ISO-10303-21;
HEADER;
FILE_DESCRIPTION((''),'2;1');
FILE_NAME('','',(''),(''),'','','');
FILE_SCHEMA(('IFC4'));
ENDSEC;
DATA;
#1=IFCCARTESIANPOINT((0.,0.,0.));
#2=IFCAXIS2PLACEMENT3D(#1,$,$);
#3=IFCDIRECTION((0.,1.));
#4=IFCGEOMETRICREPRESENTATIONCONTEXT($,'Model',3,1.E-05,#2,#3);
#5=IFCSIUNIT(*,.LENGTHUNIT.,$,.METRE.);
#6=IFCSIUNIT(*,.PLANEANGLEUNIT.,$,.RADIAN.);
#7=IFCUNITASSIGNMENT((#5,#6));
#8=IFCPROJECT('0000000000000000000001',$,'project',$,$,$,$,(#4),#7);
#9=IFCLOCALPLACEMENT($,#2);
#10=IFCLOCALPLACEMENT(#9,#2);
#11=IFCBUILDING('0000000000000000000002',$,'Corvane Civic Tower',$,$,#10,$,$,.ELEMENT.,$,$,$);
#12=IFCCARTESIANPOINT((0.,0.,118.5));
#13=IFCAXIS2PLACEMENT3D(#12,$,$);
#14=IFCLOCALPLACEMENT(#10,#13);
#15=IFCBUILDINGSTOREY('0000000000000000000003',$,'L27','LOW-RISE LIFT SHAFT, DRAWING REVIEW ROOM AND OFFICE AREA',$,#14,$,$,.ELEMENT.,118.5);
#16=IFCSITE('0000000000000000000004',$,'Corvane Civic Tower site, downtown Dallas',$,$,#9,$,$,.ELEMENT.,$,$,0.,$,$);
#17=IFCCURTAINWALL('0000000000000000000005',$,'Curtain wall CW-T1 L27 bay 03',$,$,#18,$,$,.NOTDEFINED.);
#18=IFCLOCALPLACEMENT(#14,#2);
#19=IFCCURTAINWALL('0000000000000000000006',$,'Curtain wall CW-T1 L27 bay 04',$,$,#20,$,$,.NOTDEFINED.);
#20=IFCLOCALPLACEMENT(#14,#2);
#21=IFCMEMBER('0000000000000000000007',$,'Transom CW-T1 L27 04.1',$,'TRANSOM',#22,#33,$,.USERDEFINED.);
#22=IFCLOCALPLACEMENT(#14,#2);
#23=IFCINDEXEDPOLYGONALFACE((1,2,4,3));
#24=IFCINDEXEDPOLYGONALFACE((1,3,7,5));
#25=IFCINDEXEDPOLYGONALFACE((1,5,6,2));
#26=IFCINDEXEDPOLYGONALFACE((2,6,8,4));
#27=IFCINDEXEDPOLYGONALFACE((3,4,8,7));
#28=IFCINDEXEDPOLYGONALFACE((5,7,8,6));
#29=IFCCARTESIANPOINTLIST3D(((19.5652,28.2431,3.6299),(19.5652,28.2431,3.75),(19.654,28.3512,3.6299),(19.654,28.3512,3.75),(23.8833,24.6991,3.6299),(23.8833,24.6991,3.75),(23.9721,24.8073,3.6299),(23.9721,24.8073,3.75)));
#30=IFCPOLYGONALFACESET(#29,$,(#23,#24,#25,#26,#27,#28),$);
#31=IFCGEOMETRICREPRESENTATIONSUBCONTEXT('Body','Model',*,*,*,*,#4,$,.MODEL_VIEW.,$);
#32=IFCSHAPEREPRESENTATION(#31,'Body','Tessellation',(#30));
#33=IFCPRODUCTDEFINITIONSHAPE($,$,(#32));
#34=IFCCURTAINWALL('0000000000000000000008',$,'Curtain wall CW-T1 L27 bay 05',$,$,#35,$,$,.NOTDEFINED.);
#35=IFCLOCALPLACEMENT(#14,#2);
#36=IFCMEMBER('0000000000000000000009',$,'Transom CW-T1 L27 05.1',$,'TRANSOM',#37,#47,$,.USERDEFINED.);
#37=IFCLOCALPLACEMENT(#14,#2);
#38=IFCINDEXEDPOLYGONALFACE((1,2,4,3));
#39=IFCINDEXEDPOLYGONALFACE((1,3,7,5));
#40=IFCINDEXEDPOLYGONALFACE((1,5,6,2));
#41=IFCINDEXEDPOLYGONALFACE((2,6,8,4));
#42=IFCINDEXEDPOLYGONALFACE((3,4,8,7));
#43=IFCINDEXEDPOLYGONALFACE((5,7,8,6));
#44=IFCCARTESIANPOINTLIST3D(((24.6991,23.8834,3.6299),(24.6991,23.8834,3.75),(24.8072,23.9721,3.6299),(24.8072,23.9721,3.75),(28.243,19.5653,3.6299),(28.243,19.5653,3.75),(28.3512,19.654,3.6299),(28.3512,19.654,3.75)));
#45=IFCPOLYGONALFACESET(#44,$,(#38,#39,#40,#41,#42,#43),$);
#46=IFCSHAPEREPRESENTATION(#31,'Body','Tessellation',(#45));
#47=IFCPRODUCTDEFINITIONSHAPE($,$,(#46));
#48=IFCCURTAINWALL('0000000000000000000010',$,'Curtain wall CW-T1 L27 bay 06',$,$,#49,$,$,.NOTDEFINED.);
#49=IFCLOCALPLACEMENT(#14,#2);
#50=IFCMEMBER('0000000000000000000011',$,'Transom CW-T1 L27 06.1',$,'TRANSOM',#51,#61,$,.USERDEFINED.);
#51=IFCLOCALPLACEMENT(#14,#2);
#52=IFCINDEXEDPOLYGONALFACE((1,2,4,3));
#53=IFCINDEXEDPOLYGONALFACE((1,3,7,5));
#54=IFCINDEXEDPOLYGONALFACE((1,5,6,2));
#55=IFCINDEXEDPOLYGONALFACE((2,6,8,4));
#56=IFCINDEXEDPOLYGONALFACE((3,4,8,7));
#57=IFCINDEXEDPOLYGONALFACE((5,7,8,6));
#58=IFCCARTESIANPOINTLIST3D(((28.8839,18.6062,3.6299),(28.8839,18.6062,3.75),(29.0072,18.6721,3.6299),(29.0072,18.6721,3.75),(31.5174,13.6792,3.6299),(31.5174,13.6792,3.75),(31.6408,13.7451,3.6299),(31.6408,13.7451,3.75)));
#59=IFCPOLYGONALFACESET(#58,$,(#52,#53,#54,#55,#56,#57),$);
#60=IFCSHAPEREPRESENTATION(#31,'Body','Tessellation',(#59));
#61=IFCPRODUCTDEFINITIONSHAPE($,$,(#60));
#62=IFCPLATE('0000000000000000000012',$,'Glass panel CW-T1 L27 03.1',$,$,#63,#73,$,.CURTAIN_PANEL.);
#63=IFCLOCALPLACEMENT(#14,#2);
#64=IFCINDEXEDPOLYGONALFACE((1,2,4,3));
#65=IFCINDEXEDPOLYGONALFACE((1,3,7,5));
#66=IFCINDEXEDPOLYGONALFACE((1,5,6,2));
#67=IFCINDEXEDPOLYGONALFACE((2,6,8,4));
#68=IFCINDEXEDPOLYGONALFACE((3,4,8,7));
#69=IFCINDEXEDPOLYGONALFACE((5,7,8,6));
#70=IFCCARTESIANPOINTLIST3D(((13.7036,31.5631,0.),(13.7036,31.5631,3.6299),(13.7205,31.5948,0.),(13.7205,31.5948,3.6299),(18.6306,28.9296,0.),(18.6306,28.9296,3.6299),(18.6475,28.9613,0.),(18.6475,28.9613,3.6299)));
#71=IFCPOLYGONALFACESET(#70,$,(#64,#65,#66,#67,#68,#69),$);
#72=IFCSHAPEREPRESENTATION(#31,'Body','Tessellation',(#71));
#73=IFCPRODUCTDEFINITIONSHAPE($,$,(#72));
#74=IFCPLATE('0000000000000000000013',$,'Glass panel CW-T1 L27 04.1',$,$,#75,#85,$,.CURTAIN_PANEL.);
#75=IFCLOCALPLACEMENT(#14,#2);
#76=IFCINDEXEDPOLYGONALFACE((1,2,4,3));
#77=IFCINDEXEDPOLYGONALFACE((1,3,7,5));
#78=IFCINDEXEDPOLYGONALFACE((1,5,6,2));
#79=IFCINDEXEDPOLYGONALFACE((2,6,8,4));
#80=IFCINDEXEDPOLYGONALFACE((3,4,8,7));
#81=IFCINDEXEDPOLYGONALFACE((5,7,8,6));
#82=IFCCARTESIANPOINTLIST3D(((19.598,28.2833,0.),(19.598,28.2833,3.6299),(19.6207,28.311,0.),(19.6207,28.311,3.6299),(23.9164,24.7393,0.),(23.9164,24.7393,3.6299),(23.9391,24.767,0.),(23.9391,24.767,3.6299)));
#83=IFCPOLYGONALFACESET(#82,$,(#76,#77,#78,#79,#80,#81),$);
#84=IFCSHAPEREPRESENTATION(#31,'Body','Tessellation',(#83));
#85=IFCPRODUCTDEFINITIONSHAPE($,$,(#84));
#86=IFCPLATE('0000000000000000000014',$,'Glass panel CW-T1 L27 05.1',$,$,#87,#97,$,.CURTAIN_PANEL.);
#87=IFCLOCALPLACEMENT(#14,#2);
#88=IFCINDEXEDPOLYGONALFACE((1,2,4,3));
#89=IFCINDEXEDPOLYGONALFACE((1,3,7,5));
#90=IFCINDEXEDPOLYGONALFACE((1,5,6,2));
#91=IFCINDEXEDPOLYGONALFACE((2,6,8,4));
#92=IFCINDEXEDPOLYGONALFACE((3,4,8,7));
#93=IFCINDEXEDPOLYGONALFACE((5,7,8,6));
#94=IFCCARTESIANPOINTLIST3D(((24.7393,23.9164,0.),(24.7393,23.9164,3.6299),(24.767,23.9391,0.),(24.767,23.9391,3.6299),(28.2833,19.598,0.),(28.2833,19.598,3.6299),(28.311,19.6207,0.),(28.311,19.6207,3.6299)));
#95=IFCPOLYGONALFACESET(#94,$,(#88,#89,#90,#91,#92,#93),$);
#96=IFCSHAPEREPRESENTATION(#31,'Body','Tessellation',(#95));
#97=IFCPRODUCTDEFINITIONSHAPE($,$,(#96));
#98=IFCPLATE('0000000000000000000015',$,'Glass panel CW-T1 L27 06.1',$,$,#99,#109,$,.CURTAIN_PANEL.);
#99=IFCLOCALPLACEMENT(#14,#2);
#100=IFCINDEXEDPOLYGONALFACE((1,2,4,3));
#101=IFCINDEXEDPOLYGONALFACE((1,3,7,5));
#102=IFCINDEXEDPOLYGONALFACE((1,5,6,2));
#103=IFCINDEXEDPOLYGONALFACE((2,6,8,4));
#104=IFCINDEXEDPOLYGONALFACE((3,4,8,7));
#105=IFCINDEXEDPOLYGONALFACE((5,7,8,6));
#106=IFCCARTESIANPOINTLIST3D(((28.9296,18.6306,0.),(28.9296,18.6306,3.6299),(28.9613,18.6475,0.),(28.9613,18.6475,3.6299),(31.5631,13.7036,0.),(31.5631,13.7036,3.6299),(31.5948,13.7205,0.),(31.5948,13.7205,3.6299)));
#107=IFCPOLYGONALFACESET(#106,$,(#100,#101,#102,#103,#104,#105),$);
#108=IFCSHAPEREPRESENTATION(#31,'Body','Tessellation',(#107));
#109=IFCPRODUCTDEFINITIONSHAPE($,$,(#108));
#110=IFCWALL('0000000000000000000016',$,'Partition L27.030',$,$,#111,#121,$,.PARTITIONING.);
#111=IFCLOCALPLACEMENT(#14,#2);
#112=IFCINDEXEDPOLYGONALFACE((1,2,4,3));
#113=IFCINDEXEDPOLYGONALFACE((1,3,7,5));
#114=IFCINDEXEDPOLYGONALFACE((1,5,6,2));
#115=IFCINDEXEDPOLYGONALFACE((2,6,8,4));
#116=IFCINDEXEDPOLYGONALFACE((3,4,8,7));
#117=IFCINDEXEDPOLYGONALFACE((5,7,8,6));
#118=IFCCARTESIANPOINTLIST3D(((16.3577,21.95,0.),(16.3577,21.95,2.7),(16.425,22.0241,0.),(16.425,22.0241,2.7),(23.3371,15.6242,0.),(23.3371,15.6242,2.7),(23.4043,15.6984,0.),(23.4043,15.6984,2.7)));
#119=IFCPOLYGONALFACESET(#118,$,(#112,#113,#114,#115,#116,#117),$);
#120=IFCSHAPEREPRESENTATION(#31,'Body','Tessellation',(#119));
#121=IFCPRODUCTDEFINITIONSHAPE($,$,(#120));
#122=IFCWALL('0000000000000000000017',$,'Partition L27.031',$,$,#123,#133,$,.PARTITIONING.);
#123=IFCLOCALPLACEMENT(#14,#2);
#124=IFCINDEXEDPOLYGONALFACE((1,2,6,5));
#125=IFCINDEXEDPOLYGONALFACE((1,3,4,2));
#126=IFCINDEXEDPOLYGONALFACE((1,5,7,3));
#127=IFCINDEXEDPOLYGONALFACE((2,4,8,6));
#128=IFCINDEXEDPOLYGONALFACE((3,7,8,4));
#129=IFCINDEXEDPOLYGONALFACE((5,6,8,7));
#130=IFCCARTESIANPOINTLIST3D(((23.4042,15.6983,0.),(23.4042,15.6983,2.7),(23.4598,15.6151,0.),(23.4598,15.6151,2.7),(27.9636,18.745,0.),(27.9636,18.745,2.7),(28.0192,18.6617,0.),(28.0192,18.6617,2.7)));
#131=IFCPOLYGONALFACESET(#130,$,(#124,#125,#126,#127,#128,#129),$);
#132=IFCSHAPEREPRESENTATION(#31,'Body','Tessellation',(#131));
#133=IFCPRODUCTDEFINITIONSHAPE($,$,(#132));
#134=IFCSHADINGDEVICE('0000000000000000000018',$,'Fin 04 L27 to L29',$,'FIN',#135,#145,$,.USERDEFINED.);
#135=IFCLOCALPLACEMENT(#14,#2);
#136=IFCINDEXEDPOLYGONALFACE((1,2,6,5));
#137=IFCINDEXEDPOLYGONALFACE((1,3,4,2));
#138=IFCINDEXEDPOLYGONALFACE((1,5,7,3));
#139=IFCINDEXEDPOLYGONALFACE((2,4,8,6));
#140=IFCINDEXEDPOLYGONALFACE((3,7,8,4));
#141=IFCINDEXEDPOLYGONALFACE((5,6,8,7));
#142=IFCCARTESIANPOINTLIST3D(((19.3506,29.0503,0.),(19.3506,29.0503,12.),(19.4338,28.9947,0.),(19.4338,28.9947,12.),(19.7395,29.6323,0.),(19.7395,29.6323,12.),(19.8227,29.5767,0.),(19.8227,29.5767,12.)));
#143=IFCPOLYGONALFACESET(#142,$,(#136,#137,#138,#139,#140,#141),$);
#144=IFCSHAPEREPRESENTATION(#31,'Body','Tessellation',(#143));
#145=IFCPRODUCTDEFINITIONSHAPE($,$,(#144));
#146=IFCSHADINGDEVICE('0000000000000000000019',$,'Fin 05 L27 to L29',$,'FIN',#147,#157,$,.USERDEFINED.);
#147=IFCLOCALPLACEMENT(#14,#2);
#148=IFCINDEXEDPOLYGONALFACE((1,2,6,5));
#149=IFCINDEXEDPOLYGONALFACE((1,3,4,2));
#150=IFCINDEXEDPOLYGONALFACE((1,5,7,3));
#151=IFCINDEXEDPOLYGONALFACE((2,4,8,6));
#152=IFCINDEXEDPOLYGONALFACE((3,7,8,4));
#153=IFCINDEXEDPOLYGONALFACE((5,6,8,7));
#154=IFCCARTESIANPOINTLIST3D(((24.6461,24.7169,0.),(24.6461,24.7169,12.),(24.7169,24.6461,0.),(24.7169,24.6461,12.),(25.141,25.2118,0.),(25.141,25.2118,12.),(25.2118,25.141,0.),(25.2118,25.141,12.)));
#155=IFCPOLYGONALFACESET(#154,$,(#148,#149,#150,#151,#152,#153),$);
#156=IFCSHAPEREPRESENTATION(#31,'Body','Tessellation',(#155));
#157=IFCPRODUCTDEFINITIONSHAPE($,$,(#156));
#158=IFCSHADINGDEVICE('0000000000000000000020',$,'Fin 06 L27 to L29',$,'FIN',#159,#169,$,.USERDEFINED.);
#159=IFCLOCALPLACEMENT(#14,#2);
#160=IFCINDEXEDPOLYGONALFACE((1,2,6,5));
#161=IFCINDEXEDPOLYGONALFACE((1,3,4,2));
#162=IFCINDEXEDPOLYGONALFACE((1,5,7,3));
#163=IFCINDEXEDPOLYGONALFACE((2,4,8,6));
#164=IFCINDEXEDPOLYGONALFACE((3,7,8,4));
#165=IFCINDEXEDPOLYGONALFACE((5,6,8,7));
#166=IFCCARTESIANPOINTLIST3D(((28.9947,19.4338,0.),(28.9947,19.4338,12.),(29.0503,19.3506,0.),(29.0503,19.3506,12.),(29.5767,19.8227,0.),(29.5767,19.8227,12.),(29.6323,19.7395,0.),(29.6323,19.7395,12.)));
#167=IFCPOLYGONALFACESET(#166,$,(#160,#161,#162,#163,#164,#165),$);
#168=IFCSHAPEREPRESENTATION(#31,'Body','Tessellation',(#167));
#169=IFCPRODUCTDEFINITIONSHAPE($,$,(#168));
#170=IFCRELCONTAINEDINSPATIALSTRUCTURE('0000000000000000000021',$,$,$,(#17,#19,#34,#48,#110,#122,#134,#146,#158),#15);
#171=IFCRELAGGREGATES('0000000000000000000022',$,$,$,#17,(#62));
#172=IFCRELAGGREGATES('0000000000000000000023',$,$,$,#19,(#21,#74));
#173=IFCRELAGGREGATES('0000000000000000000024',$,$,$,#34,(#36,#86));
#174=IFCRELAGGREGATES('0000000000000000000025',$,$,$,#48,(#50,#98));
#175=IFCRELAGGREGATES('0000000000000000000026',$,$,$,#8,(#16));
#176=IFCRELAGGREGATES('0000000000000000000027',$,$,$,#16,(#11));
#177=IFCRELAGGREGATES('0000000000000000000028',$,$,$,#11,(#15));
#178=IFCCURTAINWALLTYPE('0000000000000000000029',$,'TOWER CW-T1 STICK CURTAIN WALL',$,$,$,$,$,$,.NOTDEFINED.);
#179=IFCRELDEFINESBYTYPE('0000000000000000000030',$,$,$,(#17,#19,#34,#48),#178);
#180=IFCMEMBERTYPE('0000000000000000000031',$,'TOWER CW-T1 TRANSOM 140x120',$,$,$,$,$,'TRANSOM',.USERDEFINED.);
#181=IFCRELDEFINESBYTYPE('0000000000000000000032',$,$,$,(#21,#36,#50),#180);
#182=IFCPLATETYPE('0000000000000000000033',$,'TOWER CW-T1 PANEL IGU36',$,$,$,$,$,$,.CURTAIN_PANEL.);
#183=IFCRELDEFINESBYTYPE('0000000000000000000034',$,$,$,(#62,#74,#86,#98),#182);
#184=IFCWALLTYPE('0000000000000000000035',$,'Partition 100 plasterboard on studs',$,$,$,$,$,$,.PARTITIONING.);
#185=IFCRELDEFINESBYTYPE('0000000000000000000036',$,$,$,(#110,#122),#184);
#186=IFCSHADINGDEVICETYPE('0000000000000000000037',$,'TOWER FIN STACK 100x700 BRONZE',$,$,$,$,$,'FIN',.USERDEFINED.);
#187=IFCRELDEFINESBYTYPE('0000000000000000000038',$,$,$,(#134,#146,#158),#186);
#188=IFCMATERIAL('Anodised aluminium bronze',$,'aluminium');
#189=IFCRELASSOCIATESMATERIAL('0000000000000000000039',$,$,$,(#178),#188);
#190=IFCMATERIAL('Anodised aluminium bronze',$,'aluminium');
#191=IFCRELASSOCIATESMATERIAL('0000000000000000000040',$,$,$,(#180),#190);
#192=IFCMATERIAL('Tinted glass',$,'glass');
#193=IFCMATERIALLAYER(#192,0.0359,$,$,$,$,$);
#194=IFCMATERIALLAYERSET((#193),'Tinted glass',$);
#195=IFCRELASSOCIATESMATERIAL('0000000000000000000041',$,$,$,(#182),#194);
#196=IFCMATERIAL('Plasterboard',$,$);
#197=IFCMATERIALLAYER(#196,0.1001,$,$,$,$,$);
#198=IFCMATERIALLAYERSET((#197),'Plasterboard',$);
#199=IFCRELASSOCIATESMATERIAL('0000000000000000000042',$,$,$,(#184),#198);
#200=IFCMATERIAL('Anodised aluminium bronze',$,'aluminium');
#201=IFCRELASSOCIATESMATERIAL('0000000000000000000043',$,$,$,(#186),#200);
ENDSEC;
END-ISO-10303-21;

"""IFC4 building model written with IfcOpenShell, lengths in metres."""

from ifc_helpers import new_model, si_unit, direction, frame, frame_2d, origin, origin_2d, place, context, subcontext, project, spatial, rectangle, extrude, material, layer, layer_set, material_profile, profile_set, type_object, element, aggregate, save


model = new_model("IFC4")

# Units and contexts
model_context = context("Model", 3, precision=1e-05, world=origin(), true_north=direction((0.0, 1.0)))
body_context = subcontext(model_context, "Body", "Model", "MODEL_VIEW")
ifc_project = project(units=[si_unit("LENGTHUNIT", "METRE"), si_unit("PLANEANGLEUNIT", "RADIAN")], contexts=[model_context])

# Site, building, storey
site_placement = place(None, origin())
site = spatial("IfcSite", under=ifc_project, at=site_placement, Name="Corvane Civic Tower site, downtown Dallas", CompositionType="ELEMENT", RefElevation=0.0)
building_placement = place(site_placement, origin())
building = spatial("IfcBuilding", under=site, at=building_placement, Name="Corvane Civic Tower", CompositionType="ELEMENT")
storey_placement = place(building_placement, frame((0.0, 0.0, 118.5)))
storey = spatial("IfcBuildingStorey", under=building, at=storey_placement, Name="L27", Description="LOW-RISE LIFT SHAFT, DRAWING REVIEW ROOM AND OFFICE AREA", CompositionType="ELEMENT", Elevation=118.5)

# Curtain walls, members
ifc_material_1 = material(Name="Anodised aluminium bronze", Category="aluminium")
curtain_wall_type = type_object("IfcCurtainWallType", Name="TOWER CW-T1 STICK CURTAIN WALL", PredefinedType="NOTDEFINED", material=ifc_material_1)
curtain_wall_1_placement = place(storey_placement, origin())
curtain_wall_1 = element("IfcCurtainWall", 1, at=curtain_wall_1_placement, inside=storey, type_object=curtain_wall_type, Name="Curtain wall CW-T1 L27 bay 03", PredefinedType="NOTDEFINED")
ifc_material_2 = material(Name="Anodised aluminium bronze", Category="aluminium")
ifc_material_profile_1 = material_profile(ifc_material_2, rectangle(XDim=0.1399, YDim=0.1201, at=origin_2d()), Name="TOWER CW-T1 TRANSOM 140x120")
ifc_profile_set_1 = profile_set([ifc_material_profile_1], Name="Anodised aluminium bronze")
member_type = type_object("IfcMemberType", Name="TOWER CW-T1 TRANSOM 140x120", ElementType="TRANSOM", PredefinedType="USERDEFINED", material=ifc_profile_set_1)
curtain_wall_2_placement = place(storey_placement, origin())
curtain_wall_2 = element("IfcCurtainWall", 2, at=curtain_wall_2_placement, inside=storey, type_object=curtain_wall_type, Name="Curtain wall CW-T1 L27 bay 04", PredefinedType="NOTDEFINED")
member_1_placement = place(storey_placement, frame((19.6096, 28.2971, 3.6899), z_axis=(0.772996, -0.63441, 0.0), x_axis=(0.63441, 0.772996, 0.0)))
member_1 = element("IfcMember", 3, at=member_1_placement, type_object=member_type, Name="Transom CW-T1 L27 04.1", ObjectType="TRANSOM", PredefinedType="USERDEFINED", context=body_context, shape_type="SweptSolid", body=[
    extrude(rectangle(XDim=0.1399, YDim=0.1201, at=origin_2d()), origin(), (0.0, 0.0, 1.0), 5.5862),
])
curtain_wall_3_placement = place(storey_placement, origin())
curtain_wall_3 = element("IfcCurtainWall", 4, at=curtain_wall_3_placement, inside=storey, type_object=curtain_wall_type, Name="Curtain wall CW-T1 L27 bay 05", PredefinedType="NOTDEFINED")
member_2_placement = place(storey_placement, frame((24.7532, 23.9277, 3.6899), z_axis=(0.63441, -0.772996, 0.0), x_axis=(0.772996, 0.63441, 0.0)))
member_2 = element("IfcMember", 5, at=member_2_placement, type_object=member_type, Name="Transom CW-T1 L27 05.1", ObjectType="TRANSOM", PredefinedType="USERDEFINED", context=body_context, shape_type="SweptSolid", body=[
    extrude(rectangle(XDim=0.1399, YDim=0.1201, at=origin_2d()), origin(), (0.0, 0.0, 1.0), 5.5862),
])
curtain_wall_4_placement = place(storey_placement, origin())
curtain_wall_4 = element("IfcCurtainWall", 6, at=curtain_wall_4_placement, inside=storey, type_object=curtain_wall_type, Name="Curtain wall CW-T1 L27 bay 06", PredefinedType="NOTDEFINED")
member_3_placement = place(storey_placement, frame((28.9456, 18.6392, 3.6899), z_axis=(0.471398, -0.881921, 0.0), x_axis=(0.881921, 0.471398, 0.0)))
member_3 = element("IfcMember", 7, at=member_3_placement, type_object=member_type, Name="Transom CW-T1 L27 06.1", ObjectType="TRANSOM", PredefinedType="USERDEFINED", context=body_context, shape_type="SweptSolid", body=[
    extrude(rectangle(XDim=0.1399, YDim=0.1201, at=origin_2d()), origin(), (0.0, 0.0, 1.0), 5.5867),
])

# Plates
ifc_material_3 = material(Name="Tinted glass", Category="glass")
ifc_layer_1 = layer(ifc_material_3, 0.0359)
ifc_layer_set_1 = layer_set([ifc_layer_1], Name="Tinted glass")
plate_type = type_object("IfcPlateType", Name="TOWER CW-T1 PANEL IGU36", PredefinedType="CURTAIN_PANEL", material=ifc_layer_set_1)
plate_1_placement = place(storey_placement, frame((16.1755, 30.2622, 0.0), z_axis=(0.0, 0.0, 1.0), x_axis=(0.881924, -0.471392, 0.0)))
plate_1 = element("IfcPlate", 8, at=plate_1_placement, type_object=plate_type, Name="Glass panel CW-T1 L27 03.1", PredefinedType="CURTAIN_PANEL", context=body_context, shape_type="SweptSolid", body=[
    extrude(rectangle(XDim=5.5867, YDim=0.0359, at=origin_2d()), origin(), (0.0, 0.0, 1.0), 3.6299),
])
aggregate(curtain_wall_1, [plate_1])
plate_2_placement = place(storey_placement, frame((21.7686, 26.5251, 0.0), z_axis=(0.0, 0.0, 1.0), x_axis=(0.773013, -0.63439, 0.0)))
plate_2 = element("IfcPlate", 9, at=plate_2_placement, type_object=plate_type, Name="Glass panel CW-T1 L27 04.1", PredefinedType="CURTAIN_PANEL", context=body_context, shape_type="SweptSolid", body=[
    extrude(rectangle(XDim=5.5864, YDim=0.0359, at=origin_2d()), origin(), (0.0, 0.0, 1.0), 3.6299),
])
aggregate(curtain_wall_2, [member_1, plate_2])
plate_3_placement = place(storey_placement, frame((26.5251, 21.7686, 0.0), z_axis=(0.0, 0.0, 1.0), x_axis=(0.63439, -0.773013, 0.0)))
plate_3 = element("IfcPlate", 10, at=plate_3_placement, type_object=plate_type, Name="Glass panel CW-T1 L27 05.1", PredefinedType="CURTAIN_PANEL", context=body_context, shape_type="SweptSolid", body=[
    extrude(rectangle(XDim=5.5864, YDim=0.0359, at=origin_2d()), origin(), (0.0, 0.0, 1.0), 3.6299),
])
aggregate(curtain_wall_3, [member_2, plate_3])
plate_4_placement = place(storey_placement, frame((30.2622, 16.1755, 0.0), z_axis=(0.0, 0.0, 1.0), x_axis=(0.471392, -0.881924, 0.0)))
plate_4 = element("IfcPlate", 11, at=plate_4_placement, type_object=plate_type, Name="Glass panel CW-T1 L27 06.1", PredefinedType="CURTAIN_PANEL", context=body_context, shape_type="SweptSolid", body=[
    extrude(rectangle(XDim=5.5867, YDim=0.0359, at=origin_2d()), origin(), (0.0, 0.0, 1.0), 3.6299),
])
aggregate(curtain_wall_4, [member_3, plate_4])

# Walls
ifc_material_4 = material(Name="Plasterboard")
ifc_layer_2 = layer(ifc_material_4, 0.1001)
ifc_layer_set_2 = layer_set([ifc_layer_2], Name="Plasterboard")
wall_type = type_object("IfcWallType", Name="Partition 100 plasterboard on studs", PredefinedType="PARTITIONING", material=ifc_layer_set_2)
wall_1_placement = place(storey_placement, frame((16.3914, 21.9871, 0.0), z_axis=(0.0, 0.0, 1.0), x_axis=(0.740948, -0.671563, 0.0)))
element("IfcWall", 12, at=wall_1_placement, inside=storey, type_object=wall_type, Name="Partition L27.030", PredefinedType="PARTITIONING", context=body_context, shape_type="SweptSolid", body=[
    extrude(rectangle(XDim=9.4194, YDim=0.1001, at=frame_2d((4.7097, 0.0))), origin(), (0.0, 0.0, 1.0), 2.7),
])
wall_2_placement = place(storey_placement, frame((23.4321, 15.6567, 0.0), z_axis=(0.0, 0.0, 1.0), x_axis=(0.831454, 0.555594, 0.0)))
element("IfcWall", 13, at=wall_2_placement, inside=storey, type_object=wall_type, Name="Partition L27.031", PredefinedType="PARTITIONING", context=body_context, shape_type="SweptSolid", body=[
    extrude(rectangle(XDim=5.4836, YDim=0.1001, at=frame_2d((2.7417, 0.0))), origin(), (0.0, 0.0, 1.0), 2.7),
])

# Shading devices
ifc_material_5 = material(Name="Anodised aluminium bronze", Category="aluminium")
ifc_material_profile_2 = material_profile(ifc_material_5, rectangle(XDim=0.1001, YDim=0.7, at=origin_2d()), Name="TOWER FIN STACK 100x700 BRONZE")
ifc_profile_set_2 = profile_set([ifc_material_profile_2], Name="Anodised aluminium bronze")
shading_device_type = type_object("IfcShadingDeviceType", Name="TOWER FIN STACK 100x700 BRONZE", ElementType="FIN", PredefinedType="USERDEFINED", material=ifc_profile_set_2)
for number, where, z_axis, x_axis, name in (
    (14, (19.5867, 29.3135, 0.0), (0.0, 0.0, 1.0), (0.83147, -0.55557, 0.0), "Fin 04 L27 to L29"),
    (15, (24.929, 24.929, 0.0), (0.0, 0.0, 1.0), (0.707107, -0.707107, 0.0), "Fin 05 L27 to L29"),
    (16, (29.3135, 19.5867, 0.0), (0.0, 0.0, 1.0), (0.55557, -0.83147, 0.0), "Fin 06 L27 to L29"),
):
    element("IfcShadingDevice", number, at=place(storey_placement, frame(where, z_axis=z_axis, x_axis=x_axis)), inside=storey, type_object=shading_device_type, Name=name, ObjectType="FIN", PredefinedType="USERDEFINED", context=body_context, shape_type="SweptSolid", body=[
        extrude(rectangle(XDim=0.1001, YDim=0.7, at=origin_2d()), origin(), (0.0, 0.0, 1.0), 12.0),
    ])

save(model, "model.ifc")
